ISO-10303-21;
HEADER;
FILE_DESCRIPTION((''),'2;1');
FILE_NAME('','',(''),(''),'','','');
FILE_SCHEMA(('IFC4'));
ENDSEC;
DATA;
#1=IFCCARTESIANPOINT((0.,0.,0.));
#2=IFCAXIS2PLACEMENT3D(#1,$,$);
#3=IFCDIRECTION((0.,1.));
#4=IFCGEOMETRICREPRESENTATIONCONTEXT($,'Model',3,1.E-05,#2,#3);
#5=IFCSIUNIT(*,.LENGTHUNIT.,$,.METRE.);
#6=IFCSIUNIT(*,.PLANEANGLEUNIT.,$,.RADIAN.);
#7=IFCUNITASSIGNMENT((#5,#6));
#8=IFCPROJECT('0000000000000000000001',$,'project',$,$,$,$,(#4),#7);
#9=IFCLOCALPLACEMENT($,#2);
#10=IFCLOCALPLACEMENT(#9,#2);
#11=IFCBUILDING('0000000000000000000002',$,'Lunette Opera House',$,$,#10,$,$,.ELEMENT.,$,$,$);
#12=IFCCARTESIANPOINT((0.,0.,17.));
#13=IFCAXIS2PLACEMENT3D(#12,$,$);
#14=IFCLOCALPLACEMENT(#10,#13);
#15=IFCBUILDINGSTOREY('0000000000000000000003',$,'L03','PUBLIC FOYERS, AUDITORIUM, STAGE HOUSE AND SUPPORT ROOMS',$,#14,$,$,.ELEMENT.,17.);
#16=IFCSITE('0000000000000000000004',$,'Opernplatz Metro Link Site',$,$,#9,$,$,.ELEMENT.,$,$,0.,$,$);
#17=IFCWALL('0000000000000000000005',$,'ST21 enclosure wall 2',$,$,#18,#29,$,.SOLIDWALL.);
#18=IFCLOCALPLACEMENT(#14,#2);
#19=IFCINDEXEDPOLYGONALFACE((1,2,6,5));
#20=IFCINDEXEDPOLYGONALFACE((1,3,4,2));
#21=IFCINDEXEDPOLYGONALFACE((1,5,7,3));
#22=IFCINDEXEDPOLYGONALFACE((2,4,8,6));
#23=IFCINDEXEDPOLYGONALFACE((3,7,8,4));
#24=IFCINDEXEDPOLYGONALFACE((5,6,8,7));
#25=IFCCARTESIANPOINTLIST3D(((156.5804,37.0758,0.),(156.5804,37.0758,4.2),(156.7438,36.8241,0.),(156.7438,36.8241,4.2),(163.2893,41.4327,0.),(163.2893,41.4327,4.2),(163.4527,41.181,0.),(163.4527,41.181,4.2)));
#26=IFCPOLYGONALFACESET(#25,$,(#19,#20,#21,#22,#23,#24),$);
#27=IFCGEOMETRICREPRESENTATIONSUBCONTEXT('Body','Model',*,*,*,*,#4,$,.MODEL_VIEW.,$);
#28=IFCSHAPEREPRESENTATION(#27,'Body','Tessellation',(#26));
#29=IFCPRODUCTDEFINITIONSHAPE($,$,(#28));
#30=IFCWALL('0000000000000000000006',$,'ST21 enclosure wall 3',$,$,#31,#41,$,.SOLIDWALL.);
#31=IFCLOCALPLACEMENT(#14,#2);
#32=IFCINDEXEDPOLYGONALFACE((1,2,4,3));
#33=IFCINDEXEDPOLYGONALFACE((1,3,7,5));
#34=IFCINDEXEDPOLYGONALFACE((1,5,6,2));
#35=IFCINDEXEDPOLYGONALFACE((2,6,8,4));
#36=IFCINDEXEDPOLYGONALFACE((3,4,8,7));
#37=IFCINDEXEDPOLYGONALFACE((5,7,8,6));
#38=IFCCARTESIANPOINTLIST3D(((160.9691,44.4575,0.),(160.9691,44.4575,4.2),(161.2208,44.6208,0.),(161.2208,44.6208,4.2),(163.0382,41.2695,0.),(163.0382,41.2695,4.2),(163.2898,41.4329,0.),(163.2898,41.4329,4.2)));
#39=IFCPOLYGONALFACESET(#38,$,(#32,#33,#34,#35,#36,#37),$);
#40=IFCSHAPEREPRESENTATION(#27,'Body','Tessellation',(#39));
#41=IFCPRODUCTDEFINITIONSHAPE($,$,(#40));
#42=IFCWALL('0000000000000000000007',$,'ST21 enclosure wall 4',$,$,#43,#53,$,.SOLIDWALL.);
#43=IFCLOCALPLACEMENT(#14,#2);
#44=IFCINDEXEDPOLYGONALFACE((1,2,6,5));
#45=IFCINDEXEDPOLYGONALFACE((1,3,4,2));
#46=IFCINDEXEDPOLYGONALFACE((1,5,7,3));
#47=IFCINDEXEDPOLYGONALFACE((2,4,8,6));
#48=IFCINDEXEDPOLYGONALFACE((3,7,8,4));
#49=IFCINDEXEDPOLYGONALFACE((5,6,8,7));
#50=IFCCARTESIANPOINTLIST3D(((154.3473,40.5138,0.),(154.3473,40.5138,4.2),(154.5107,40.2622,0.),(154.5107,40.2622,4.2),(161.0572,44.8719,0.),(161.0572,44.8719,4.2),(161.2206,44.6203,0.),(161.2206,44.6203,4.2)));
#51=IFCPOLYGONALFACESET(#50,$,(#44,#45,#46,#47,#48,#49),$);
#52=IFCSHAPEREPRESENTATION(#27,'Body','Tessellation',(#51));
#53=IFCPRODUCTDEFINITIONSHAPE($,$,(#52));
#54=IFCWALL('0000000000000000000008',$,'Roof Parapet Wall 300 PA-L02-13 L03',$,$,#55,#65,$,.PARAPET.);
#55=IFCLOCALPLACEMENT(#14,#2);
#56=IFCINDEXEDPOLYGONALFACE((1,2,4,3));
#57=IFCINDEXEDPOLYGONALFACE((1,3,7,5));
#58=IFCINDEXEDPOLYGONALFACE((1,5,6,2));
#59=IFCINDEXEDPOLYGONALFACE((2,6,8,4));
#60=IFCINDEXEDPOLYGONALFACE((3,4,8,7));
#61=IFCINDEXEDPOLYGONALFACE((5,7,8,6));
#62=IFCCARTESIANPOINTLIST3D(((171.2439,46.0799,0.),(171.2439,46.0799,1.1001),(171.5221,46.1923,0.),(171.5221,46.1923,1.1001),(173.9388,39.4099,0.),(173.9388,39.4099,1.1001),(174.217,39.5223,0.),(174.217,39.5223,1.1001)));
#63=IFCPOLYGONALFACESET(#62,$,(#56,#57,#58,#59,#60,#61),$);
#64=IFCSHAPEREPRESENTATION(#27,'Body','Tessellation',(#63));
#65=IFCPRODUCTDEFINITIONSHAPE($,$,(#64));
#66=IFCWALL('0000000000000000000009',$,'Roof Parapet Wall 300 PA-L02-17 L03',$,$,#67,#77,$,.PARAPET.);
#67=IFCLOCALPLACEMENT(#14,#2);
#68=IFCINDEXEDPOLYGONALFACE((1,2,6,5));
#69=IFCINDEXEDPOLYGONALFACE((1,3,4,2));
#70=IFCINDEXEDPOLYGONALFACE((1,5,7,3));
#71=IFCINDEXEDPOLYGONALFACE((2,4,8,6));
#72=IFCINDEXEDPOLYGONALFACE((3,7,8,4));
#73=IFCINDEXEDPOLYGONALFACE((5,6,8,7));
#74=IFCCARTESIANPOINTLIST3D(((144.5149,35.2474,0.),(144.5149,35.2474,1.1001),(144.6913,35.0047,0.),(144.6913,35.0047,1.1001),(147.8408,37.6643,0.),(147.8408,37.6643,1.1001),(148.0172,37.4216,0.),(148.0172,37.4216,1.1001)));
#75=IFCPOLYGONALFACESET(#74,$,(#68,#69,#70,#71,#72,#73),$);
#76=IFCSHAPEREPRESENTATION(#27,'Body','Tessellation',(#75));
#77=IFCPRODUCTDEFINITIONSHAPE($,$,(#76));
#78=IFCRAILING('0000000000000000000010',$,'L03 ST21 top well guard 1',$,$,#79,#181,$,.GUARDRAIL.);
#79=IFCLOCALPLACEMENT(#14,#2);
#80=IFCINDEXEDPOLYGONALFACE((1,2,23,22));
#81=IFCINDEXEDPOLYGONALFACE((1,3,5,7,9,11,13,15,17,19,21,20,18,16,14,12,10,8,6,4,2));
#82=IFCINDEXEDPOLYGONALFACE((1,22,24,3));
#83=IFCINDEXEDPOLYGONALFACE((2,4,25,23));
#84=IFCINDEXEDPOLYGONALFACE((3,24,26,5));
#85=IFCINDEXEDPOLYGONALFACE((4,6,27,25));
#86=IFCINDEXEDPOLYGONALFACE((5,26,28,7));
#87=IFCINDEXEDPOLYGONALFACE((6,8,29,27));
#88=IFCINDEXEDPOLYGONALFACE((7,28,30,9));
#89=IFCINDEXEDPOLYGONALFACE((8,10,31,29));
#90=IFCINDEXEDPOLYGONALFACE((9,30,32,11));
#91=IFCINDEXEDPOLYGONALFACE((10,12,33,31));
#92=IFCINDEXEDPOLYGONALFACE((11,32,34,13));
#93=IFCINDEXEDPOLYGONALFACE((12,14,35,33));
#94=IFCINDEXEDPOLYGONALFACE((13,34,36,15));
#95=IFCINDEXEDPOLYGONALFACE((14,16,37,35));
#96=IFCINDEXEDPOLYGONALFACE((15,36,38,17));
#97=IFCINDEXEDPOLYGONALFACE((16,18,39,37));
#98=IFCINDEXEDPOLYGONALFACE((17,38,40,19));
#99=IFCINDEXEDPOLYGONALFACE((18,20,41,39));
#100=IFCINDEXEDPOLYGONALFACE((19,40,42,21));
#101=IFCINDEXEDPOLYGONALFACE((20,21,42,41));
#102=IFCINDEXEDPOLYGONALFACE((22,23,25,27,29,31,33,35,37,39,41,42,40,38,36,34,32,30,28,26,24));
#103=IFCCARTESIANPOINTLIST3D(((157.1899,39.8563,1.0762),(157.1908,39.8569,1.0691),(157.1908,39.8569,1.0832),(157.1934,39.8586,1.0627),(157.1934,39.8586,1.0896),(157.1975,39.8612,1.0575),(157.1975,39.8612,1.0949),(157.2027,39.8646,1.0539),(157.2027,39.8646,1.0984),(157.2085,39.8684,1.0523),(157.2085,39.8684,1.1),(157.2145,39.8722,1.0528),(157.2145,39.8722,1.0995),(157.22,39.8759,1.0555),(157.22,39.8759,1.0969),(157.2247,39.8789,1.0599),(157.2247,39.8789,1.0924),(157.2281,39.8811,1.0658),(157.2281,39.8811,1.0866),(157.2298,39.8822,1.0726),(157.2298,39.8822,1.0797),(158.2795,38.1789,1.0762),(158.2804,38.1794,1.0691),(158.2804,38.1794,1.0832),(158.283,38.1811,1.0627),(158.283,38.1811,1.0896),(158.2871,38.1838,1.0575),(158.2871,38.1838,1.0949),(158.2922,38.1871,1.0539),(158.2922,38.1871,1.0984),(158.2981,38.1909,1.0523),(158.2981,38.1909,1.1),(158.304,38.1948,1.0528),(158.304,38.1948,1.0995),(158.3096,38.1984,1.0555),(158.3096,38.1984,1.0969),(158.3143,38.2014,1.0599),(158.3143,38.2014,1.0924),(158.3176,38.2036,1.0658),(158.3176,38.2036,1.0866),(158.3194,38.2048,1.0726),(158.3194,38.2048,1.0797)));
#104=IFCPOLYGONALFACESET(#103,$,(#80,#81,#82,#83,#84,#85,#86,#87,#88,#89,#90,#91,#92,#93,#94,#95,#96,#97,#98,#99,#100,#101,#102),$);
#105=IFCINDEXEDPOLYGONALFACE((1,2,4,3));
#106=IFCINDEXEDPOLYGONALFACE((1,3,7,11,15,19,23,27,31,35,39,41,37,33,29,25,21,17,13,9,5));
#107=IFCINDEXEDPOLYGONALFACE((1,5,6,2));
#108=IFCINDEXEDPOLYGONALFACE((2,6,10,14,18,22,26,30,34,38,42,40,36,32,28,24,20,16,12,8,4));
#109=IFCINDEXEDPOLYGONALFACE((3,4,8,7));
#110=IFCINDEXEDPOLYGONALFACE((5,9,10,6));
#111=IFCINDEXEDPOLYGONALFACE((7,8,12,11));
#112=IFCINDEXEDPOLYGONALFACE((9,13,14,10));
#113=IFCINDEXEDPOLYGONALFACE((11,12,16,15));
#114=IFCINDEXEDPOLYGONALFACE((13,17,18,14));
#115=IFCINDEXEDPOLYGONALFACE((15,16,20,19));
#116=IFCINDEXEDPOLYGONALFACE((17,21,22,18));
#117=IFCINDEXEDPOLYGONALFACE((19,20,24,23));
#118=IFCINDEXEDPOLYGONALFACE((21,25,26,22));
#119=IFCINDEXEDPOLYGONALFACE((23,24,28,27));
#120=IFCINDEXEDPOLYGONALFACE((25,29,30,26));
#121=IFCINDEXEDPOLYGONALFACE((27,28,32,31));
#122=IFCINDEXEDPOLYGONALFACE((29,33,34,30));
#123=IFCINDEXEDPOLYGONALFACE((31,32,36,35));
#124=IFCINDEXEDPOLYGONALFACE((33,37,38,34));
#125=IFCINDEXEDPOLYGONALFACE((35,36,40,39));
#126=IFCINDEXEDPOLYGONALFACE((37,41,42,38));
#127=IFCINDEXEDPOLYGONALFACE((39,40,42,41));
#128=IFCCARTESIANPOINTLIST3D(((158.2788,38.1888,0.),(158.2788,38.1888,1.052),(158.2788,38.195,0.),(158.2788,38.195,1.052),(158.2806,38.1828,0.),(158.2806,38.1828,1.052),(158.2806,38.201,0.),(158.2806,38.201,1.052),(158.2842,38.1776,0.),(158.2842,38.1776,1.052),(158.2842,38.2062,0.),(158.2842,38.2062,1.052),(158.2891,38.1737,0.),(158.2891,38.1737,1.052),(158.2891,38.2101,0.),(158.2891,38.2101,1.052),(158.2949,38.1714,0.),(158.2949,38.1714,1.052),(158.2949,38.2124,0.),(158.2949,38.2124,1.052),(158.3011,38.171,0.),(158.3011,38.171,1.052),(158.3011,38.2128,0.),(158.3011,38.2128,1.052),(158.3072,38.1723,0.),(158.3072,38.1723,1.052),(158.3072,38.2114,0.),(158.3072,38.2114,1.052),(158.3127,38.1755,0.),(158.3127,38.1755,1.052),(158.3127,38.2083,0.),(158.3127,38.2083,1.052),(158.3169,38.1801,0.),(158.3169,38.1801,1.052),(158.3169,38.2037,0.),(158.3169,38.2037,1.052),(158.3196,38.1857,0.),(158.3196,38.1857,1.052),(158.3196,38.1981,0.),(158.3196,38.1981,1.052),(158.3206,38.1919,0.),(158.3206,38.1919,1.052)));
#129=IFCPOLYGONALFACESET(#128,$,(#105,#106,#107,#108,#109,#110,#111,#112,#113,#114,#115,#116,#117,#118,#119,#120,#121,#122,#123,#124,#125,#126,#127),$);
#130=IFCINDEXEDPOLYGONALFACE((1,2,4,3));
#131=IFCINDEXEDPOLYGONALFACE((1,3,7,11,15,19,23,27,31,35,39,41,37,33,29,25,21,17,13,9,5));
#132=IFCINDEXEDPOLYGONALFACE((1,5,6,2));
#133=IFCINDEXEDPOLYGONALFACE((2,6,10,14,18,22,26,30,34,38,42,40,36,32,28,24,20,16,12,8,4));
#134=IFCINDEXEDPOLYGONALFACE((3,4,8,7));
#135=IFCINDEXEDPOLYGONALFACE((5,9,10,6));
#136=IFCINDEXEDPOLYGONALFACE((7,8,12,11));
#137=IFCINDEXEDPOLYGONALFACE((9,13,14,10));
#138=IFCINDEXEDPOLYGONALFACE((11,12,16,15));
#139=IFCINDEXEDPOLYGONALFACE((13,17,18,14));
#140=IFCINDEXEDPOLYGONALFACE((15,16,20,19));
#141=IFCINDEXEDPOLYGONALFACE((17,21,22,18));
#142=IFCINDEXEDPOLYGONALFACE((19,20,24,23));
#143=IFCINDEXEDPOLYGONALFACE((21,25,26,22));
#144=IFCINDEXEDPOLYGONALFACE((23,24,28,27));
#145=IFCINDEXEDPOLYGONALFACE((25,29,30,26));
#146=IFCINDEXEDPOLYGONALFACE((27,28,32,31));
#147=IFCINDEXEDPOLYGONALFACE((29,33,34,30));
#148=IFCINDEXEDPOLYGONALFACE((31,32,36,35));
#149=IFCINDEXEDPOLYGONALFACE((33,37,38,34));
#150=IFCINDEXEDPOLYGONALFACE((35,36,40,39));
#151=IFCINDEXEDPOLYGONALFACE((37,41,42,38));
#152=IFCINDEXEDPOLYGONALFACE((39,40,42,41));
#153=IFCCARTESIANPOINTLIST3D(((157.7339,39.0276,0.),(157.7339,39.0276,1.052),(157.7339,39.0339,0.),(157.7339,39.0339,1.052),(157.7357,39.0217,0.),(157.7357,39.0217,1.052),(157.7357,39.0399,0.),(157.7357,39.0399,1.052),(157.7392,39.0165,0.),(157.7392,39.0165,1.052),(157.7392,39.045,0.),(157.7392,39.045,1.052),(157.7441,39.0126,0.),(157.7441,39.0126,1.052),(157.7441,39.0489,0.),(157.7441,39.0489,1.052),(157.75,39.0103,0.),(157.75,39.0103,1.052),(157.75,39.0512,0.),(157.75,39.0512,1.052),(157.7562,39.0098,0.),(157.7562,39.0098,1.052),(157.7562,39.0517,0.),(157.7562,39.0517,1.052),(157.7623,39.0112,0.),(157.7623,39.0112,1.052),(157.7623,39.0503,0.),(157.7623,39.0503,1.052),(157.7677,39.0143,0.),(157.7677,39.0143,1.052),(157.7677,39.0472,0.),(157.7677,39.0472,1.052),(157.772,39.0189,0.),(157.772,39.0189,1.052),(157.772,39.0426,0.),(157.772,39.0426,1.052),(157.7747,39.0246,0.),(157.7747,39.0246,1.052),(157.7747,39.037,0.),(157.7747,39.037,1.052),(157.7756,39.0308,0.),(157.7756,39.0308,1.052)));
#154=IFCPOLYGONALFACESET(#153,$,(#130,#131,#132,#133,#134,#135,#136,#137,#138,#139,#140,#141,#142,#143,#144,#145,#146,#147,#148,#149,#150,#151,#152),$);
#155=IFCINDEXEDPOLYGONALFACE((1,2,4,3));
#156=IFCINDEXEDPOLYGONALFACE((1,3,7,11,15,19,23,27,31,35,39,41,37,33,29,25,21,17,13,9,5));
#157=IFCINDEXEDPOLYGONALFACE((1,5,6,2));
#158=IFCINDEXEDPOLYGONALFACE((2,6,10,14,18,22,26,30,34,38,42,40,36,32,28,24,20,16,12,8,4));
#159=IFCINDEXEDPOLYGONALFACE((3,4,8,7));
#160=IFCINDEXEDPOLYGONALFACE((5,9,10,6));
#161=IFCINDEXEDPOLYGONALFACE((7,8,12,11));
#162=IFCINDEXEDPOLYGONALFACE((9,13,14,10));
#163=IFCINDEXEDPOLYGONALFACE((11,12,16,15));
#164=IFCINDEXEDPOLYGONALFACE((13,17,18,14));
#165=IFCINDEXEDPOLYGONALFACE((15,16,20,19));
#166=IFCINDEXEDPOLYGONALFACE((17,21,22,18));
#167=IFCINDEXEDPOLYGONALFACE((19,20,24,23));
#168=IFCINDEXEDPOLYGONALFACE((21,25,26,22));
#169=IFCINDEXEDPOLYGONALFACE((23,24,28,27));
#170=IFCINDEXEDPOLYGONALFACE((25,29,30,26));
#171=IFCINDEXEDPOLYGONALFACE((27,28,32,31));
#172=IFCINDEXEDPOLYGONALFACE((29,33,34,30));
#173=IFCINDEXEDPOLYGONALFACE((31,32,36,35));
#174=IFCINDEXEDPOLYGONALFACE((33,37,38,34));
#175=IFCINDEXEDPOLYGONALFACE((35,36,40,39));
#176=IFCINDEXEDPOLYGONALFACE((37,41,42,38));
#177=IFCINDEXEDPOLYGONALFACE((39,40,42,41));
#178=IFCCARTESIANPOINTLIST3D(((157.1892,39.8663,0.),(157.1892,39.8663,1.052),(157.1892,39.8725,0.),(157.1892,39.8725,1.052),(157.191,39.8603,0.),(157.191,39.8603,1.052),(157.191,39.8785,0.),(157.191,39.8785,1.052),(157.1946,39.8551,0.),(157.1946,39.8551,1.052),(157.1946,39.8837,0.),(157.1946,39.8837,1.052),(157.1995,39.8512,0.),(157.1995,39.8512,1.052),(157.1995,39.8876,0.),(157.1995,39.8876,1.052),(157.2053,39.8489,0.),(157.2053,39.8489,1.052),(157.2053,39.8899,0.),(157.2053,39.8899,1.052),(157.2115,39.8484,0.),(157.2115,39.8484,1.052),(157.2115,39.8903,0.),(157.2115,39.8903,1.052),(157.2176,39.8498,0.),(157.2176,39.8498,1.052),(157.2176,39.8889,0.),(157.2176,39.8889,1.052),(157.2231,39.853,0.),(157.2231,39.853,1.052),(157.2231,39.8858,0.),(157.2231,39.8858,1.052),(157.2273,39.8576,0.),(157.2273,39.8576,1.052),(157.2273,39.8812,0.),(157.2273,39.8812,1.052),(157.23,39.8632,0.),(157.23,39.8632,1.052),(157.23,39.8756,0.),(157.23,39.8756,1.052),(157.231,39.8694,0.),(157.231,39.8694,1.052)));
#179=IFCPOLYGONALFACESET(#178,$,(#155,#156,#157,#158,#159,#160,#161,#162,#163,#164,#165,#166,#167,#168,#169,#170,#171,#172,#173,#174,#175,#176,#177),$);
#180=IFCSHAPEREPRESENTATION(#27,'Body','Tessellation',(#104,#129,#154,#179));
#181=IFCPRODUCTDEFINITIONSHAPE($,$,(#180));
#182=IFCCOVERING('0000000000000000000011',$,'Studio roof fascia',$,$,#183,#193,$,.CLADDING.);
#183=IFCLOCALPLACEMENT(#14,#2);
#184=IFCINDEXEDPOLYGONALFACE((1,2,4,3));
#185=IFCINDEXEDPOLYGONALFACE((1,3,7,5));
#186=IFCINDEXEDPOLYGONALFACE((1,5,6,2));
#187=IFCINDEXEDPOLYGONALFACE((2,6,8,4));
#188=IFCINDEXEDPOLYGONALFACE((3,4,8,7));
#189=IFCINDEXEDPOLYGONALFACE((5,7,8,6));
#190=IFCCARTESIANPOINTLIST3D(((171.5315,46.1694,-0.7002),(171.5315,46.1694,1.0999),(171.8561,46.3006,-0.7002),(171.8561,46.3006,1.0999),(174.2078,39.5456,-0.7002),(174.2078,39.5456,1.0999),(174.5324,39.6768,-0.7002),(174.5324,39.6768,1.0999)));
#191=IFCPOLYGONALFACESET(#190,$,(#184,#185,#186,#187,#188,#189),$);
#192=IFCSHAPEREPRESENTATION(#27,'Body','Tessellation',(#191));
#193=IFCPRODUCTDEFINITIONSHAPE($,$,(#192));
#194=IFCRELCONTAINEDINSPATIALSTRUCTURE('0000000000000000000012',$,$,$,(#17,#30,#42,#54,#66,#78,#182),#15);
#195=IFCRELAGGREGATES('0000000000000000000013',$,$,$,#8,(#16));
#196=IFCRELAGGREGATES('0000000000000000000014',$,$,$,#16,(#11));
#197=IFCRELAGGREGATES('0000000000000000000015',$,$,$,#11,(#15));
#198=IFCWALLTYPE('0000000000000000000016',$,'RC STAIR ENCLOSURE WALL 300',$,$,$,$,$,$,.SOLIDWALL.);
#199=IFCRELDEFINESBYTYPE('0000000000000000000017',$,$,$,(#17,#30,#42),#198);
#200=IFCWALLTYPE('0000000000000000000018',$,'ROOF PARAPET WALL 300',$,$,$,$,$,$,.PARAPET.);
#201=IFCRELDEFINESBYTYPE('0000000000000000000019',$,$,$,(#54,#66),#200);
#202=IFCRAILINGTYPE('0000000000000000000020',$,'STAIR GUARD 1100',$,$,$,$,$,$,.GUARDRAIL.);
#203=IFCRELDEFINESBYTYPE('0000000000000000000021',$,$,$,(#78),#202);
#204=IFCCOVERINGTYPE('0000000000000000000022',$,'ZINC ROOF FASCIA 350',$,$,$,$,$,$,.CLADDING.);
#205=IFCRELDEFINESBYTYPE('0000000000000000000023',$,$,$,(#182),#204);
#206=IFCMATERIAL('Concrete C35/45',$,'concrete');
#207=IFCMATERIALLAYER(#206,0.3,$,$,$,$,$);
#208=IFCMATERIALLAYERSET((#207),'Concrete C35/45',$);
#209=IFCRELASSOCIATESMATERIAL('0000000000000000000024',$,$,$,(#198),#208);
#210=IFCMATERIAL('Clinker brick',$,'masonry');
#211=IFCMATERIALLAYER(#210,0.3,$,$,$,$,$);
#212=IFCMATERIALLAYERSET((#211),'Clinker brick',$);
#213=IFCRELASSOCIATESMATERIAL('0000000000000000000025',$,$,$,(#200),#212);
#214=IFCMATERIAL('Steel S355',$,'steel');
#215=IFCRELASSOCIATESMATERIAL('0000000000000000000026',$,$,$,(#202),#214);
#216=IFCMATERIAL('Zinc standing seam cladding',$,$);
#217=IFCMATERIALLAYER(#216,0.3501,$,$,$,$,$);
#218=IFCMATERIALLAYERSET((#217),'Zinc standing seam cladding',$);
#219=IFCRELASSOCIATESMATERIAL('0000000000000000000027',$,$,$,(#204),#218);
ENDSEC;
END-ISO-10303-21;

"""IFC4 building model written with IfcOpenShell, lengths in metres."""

from ifc_helpers import new_model, si_unit, direction, frame, frame_2d, origin, origin_2d, place, context, subcontext, project, spatial, rectangle, circle, extrude, material, layer, layer_set, type_object, element, save


model = new_model("IFC4")

# Units and contexts
model_context = context("Model", 3, precision=1e-05, world=origin(), true_north=direction((0.0, 1.0)))
body_context = subcontext(model_context, "Body", "Model", "MODEL_VIEW")
ifc_project = project(units=[si_unit("LENGTHUNIT", "METRE"), si_unit("PLANEANGLEUNIT", "RADIAN")], contexts=[model_context])

# Site, building, storey
site_placement = place(None, origin())
site = spatial("IfcSite", under=ifc_project, at=site_placement, Name="Opernplatz Metro Link Site", CompositionType="ELEMENT", RefElevation=0.0)
building_placement = place(site_placement, origin())
building = spatial("IfcBuilding", under=site, at=building_placement, Name="Lunette Opera House", CompositionType="ELEMENT")
storey_placement = place(building_placement, frame((0.0, 0.0, 17.0)))
storey = spatial("IfcBuildingStorey", under=building, at=storey_placement, Name="L03", Description="PUBLIC FOYERS, AUDITORIUM, STAGE HOUSE AND SUPPORT ROOMS", CompositionType="ELEMENT", Elevation=17.0)

# Shared definitions
ifc_material_1 = material(Name="Concrete C35/45", Category="concrete")
ifc_layer_1 = layer(ifc_material_1, 0.3)
ifc_layer_set_1 = layer_set([ifc_layer_1], Name="Concrete C35/45")
wall_type_1 = type_object("IfcWallType", Name="RC STAIR ENCLOSURE WALL 300", PredefinedType="SOLIDWALL", material=ifc_layer_set_1)

# Walls
wall_1_placement = place(storey_placement, frame((156.6621, 36.95, 0.0), z_axis=(0.0, 0.0, 1.0), x_axis=(0.838667, 0.544645, 0.0)))
element("IfcWall", 1, at=wall_1_placement, inside=storey, type_object=wall_type_1, Name="ST21 enclosure wall 2", PredefinedType="SOLIDWALL", context=body_context, shape_type="SweptSolid", body=[
    extrude(rectangle(XDim=7.9995, YDim=0.3, at=frame_2d((3.9998, 0.0))), origin(), (0.0, 0.0, 1.0), 4.2),
])
wall_2_placement = place(storey_placement, frame((163.1641, 41.3511, 0.0), z_axis=(0.0, 0.0, 1.0), x_axis=(-0.544415, 0.838816, 0.0)))
element("IfcWall", 2, at=wall_2_placement, inside=storey, type_object=wall_type_1, Name="ST21 enclosure wall 3", PredefinedType="SOLIDWALL", context=body_context, shape_type="SweptSolid", body=[
    extrude(rectangle(XDim=3.8005, YDim=0.3, at=frame_2d((1.9004, 0.0))), origin(), (0.0, 0.0, 1.0), 4.2),
])
wall_3_placement = place(storey_placement, frame((161.1389, 44.7461, 0.0), z_axis=(0.0, 0.0, 1.0), x_axis=(-0.838633, -0.544697, 0.0)))
element("IfcWall", 3, at=wall_3_placement, inside=storey, type_object=wall_type_1, Name="ST21 enclosure wall 4", PredefinedType="SOLIDWALL", context=body_context, shape_type="SweptSolid", body=[
    extrude(rectangle(XDim=8.001, YDim=0.3, at=frame_2d((4.0005, 0.0))), origin(), (0.0, 0.0, 1.0), 4.2),
])
ifc_material_2 = material(Name="Clinker brick", Category="masonry")
ifc_layer_2 = layer(ifc_material_2, 0.3)
ifc_layer_set_2 = layer_set([ifc_layer_2], Name="Clinker brick")
wall_type_2 = type_object("IfcWallType", Name="ROOF PARAPET WALL 300", PredefinedType="PARAPET", material=ifc_layer_set_2)
wall_4_placement = place(storey_placement, frame((174.0779, 39.4661, 0.0), z_axis=(0.0, 0.0, 1.0), x_axis=(-0.374607, 0.927184, 0.0)))
element("IfcWall", 4, at=wall_4_placement, inside=storey, type_object=wall_type_2, Name="Roof Parapet Wall 300 PA-L02-13 L03", PredefinedType="PARAPET", context=body_context, shape_type="SweptSolid", body=[
    extrude(rectangle(XDim=7.1938, YDim=0.3, at=frame_2d((3.5969, 0.0))), origin(), (0.0, 0.0, 1.0), 1.1001),
])
wall_5_placement = place(storey_placement, frame((147.929, 37.543, 0.0), z_axis=(0.0, 0.0, 1.0), x_axis=(-0.808952, -0.587875, 0.0)))
element("IfcWall", 5, at=wall_5_placement, inside=storey, type_object=wall_type_2, Name="Roof Parapet Wall 300 PA-L02-17 L03", PredefinedType="PARAPET", context=body_context, shape_type="SweptSolid", body=[
    extrude(rectangle(XDim=4.1113, YDim=0.3, at=frame_2d((2.0557, 0.0))), origin(), (0.0, 0.0, 1.0), 1.1001),
])

# Railing
ifc_material_3 = material(Name="Steel S355", Category="steel")
railing_type = type_object("IfcRailingType", Name="STAIR GUARD 1100", PredefinedType="GUARDRAIL", material=ifc_material_3)
railing_placement = place(storey_placement, frame((158.2996, 38.1919, 0.0)))
element("IfcRailing", 6, at=railing_placement, inside=storey, type_object=railing_type, Name="L03 ST21 top well guard 1", PredefinedType="GUARDRAIL", context=body_context, shape_type="SweptSolid", body=[
    extrude(circle(Radius=0.0239, at=origin_2d()), frame((0.0, 0.0, 1.0762), z_axis=(-0.544718, 0.838619, 0.0), x_axis=(-0.838619, -0.544718, 0.0)), (0.0, 0.0, 1.0), 2.0002),
    extrude(circle(Radius=0.021, at=origin_2d()), origin(), (0.0, 0.0, 1.0), 1.052),
    extrude(circle(Radius=0.021, at=origin_2d()), frame((-0.5449, 0.8389, 0.0)), (0.0, 0.0, 1.0), 1.052),
    extrude(circle(Radius=0.021, at=origin_2d()), frame((-1.0896, 1.6775, 0.0)), (0.0, 0.0, 1.0), 1.052),
])

# Covering
ifc_material_4 = material(Name="Zinc standing seam cladding")
ifc_layer_3 = layer(ifc_material_4, 0.3501)
ifc_layer_set_3 = layer_set([ifc_layer_3], Name="Zinc standing seam cladding")
covering_type = type_object("IfcCoveringType", Name="ZINC ROOF FASCIA 350", PredefinedType="CLADDING", material=ifc_layer_set_3)
covering_placement = place(storey_placement, frame((173.032, 42.9231, -0.7002), z_axis=(0.0, 0.0, 1.0), x_axis=(-0.374624, 0.927177, 0.0)))
element("IfcCovering", 7, at=covering_placement, inside=storey, type_object=covering_type, Name="Studio roof fascia", PredefinedType="CLADDING", context=body_context, shape_type="SweptSolid", body=[
    extrude(rectangle(XDim=7.144, YDim=0.3501, at=origin_2d()), origin(), (0.0, 0.0, 1.0), 1.8),
])

save(model, "model.ifc")
